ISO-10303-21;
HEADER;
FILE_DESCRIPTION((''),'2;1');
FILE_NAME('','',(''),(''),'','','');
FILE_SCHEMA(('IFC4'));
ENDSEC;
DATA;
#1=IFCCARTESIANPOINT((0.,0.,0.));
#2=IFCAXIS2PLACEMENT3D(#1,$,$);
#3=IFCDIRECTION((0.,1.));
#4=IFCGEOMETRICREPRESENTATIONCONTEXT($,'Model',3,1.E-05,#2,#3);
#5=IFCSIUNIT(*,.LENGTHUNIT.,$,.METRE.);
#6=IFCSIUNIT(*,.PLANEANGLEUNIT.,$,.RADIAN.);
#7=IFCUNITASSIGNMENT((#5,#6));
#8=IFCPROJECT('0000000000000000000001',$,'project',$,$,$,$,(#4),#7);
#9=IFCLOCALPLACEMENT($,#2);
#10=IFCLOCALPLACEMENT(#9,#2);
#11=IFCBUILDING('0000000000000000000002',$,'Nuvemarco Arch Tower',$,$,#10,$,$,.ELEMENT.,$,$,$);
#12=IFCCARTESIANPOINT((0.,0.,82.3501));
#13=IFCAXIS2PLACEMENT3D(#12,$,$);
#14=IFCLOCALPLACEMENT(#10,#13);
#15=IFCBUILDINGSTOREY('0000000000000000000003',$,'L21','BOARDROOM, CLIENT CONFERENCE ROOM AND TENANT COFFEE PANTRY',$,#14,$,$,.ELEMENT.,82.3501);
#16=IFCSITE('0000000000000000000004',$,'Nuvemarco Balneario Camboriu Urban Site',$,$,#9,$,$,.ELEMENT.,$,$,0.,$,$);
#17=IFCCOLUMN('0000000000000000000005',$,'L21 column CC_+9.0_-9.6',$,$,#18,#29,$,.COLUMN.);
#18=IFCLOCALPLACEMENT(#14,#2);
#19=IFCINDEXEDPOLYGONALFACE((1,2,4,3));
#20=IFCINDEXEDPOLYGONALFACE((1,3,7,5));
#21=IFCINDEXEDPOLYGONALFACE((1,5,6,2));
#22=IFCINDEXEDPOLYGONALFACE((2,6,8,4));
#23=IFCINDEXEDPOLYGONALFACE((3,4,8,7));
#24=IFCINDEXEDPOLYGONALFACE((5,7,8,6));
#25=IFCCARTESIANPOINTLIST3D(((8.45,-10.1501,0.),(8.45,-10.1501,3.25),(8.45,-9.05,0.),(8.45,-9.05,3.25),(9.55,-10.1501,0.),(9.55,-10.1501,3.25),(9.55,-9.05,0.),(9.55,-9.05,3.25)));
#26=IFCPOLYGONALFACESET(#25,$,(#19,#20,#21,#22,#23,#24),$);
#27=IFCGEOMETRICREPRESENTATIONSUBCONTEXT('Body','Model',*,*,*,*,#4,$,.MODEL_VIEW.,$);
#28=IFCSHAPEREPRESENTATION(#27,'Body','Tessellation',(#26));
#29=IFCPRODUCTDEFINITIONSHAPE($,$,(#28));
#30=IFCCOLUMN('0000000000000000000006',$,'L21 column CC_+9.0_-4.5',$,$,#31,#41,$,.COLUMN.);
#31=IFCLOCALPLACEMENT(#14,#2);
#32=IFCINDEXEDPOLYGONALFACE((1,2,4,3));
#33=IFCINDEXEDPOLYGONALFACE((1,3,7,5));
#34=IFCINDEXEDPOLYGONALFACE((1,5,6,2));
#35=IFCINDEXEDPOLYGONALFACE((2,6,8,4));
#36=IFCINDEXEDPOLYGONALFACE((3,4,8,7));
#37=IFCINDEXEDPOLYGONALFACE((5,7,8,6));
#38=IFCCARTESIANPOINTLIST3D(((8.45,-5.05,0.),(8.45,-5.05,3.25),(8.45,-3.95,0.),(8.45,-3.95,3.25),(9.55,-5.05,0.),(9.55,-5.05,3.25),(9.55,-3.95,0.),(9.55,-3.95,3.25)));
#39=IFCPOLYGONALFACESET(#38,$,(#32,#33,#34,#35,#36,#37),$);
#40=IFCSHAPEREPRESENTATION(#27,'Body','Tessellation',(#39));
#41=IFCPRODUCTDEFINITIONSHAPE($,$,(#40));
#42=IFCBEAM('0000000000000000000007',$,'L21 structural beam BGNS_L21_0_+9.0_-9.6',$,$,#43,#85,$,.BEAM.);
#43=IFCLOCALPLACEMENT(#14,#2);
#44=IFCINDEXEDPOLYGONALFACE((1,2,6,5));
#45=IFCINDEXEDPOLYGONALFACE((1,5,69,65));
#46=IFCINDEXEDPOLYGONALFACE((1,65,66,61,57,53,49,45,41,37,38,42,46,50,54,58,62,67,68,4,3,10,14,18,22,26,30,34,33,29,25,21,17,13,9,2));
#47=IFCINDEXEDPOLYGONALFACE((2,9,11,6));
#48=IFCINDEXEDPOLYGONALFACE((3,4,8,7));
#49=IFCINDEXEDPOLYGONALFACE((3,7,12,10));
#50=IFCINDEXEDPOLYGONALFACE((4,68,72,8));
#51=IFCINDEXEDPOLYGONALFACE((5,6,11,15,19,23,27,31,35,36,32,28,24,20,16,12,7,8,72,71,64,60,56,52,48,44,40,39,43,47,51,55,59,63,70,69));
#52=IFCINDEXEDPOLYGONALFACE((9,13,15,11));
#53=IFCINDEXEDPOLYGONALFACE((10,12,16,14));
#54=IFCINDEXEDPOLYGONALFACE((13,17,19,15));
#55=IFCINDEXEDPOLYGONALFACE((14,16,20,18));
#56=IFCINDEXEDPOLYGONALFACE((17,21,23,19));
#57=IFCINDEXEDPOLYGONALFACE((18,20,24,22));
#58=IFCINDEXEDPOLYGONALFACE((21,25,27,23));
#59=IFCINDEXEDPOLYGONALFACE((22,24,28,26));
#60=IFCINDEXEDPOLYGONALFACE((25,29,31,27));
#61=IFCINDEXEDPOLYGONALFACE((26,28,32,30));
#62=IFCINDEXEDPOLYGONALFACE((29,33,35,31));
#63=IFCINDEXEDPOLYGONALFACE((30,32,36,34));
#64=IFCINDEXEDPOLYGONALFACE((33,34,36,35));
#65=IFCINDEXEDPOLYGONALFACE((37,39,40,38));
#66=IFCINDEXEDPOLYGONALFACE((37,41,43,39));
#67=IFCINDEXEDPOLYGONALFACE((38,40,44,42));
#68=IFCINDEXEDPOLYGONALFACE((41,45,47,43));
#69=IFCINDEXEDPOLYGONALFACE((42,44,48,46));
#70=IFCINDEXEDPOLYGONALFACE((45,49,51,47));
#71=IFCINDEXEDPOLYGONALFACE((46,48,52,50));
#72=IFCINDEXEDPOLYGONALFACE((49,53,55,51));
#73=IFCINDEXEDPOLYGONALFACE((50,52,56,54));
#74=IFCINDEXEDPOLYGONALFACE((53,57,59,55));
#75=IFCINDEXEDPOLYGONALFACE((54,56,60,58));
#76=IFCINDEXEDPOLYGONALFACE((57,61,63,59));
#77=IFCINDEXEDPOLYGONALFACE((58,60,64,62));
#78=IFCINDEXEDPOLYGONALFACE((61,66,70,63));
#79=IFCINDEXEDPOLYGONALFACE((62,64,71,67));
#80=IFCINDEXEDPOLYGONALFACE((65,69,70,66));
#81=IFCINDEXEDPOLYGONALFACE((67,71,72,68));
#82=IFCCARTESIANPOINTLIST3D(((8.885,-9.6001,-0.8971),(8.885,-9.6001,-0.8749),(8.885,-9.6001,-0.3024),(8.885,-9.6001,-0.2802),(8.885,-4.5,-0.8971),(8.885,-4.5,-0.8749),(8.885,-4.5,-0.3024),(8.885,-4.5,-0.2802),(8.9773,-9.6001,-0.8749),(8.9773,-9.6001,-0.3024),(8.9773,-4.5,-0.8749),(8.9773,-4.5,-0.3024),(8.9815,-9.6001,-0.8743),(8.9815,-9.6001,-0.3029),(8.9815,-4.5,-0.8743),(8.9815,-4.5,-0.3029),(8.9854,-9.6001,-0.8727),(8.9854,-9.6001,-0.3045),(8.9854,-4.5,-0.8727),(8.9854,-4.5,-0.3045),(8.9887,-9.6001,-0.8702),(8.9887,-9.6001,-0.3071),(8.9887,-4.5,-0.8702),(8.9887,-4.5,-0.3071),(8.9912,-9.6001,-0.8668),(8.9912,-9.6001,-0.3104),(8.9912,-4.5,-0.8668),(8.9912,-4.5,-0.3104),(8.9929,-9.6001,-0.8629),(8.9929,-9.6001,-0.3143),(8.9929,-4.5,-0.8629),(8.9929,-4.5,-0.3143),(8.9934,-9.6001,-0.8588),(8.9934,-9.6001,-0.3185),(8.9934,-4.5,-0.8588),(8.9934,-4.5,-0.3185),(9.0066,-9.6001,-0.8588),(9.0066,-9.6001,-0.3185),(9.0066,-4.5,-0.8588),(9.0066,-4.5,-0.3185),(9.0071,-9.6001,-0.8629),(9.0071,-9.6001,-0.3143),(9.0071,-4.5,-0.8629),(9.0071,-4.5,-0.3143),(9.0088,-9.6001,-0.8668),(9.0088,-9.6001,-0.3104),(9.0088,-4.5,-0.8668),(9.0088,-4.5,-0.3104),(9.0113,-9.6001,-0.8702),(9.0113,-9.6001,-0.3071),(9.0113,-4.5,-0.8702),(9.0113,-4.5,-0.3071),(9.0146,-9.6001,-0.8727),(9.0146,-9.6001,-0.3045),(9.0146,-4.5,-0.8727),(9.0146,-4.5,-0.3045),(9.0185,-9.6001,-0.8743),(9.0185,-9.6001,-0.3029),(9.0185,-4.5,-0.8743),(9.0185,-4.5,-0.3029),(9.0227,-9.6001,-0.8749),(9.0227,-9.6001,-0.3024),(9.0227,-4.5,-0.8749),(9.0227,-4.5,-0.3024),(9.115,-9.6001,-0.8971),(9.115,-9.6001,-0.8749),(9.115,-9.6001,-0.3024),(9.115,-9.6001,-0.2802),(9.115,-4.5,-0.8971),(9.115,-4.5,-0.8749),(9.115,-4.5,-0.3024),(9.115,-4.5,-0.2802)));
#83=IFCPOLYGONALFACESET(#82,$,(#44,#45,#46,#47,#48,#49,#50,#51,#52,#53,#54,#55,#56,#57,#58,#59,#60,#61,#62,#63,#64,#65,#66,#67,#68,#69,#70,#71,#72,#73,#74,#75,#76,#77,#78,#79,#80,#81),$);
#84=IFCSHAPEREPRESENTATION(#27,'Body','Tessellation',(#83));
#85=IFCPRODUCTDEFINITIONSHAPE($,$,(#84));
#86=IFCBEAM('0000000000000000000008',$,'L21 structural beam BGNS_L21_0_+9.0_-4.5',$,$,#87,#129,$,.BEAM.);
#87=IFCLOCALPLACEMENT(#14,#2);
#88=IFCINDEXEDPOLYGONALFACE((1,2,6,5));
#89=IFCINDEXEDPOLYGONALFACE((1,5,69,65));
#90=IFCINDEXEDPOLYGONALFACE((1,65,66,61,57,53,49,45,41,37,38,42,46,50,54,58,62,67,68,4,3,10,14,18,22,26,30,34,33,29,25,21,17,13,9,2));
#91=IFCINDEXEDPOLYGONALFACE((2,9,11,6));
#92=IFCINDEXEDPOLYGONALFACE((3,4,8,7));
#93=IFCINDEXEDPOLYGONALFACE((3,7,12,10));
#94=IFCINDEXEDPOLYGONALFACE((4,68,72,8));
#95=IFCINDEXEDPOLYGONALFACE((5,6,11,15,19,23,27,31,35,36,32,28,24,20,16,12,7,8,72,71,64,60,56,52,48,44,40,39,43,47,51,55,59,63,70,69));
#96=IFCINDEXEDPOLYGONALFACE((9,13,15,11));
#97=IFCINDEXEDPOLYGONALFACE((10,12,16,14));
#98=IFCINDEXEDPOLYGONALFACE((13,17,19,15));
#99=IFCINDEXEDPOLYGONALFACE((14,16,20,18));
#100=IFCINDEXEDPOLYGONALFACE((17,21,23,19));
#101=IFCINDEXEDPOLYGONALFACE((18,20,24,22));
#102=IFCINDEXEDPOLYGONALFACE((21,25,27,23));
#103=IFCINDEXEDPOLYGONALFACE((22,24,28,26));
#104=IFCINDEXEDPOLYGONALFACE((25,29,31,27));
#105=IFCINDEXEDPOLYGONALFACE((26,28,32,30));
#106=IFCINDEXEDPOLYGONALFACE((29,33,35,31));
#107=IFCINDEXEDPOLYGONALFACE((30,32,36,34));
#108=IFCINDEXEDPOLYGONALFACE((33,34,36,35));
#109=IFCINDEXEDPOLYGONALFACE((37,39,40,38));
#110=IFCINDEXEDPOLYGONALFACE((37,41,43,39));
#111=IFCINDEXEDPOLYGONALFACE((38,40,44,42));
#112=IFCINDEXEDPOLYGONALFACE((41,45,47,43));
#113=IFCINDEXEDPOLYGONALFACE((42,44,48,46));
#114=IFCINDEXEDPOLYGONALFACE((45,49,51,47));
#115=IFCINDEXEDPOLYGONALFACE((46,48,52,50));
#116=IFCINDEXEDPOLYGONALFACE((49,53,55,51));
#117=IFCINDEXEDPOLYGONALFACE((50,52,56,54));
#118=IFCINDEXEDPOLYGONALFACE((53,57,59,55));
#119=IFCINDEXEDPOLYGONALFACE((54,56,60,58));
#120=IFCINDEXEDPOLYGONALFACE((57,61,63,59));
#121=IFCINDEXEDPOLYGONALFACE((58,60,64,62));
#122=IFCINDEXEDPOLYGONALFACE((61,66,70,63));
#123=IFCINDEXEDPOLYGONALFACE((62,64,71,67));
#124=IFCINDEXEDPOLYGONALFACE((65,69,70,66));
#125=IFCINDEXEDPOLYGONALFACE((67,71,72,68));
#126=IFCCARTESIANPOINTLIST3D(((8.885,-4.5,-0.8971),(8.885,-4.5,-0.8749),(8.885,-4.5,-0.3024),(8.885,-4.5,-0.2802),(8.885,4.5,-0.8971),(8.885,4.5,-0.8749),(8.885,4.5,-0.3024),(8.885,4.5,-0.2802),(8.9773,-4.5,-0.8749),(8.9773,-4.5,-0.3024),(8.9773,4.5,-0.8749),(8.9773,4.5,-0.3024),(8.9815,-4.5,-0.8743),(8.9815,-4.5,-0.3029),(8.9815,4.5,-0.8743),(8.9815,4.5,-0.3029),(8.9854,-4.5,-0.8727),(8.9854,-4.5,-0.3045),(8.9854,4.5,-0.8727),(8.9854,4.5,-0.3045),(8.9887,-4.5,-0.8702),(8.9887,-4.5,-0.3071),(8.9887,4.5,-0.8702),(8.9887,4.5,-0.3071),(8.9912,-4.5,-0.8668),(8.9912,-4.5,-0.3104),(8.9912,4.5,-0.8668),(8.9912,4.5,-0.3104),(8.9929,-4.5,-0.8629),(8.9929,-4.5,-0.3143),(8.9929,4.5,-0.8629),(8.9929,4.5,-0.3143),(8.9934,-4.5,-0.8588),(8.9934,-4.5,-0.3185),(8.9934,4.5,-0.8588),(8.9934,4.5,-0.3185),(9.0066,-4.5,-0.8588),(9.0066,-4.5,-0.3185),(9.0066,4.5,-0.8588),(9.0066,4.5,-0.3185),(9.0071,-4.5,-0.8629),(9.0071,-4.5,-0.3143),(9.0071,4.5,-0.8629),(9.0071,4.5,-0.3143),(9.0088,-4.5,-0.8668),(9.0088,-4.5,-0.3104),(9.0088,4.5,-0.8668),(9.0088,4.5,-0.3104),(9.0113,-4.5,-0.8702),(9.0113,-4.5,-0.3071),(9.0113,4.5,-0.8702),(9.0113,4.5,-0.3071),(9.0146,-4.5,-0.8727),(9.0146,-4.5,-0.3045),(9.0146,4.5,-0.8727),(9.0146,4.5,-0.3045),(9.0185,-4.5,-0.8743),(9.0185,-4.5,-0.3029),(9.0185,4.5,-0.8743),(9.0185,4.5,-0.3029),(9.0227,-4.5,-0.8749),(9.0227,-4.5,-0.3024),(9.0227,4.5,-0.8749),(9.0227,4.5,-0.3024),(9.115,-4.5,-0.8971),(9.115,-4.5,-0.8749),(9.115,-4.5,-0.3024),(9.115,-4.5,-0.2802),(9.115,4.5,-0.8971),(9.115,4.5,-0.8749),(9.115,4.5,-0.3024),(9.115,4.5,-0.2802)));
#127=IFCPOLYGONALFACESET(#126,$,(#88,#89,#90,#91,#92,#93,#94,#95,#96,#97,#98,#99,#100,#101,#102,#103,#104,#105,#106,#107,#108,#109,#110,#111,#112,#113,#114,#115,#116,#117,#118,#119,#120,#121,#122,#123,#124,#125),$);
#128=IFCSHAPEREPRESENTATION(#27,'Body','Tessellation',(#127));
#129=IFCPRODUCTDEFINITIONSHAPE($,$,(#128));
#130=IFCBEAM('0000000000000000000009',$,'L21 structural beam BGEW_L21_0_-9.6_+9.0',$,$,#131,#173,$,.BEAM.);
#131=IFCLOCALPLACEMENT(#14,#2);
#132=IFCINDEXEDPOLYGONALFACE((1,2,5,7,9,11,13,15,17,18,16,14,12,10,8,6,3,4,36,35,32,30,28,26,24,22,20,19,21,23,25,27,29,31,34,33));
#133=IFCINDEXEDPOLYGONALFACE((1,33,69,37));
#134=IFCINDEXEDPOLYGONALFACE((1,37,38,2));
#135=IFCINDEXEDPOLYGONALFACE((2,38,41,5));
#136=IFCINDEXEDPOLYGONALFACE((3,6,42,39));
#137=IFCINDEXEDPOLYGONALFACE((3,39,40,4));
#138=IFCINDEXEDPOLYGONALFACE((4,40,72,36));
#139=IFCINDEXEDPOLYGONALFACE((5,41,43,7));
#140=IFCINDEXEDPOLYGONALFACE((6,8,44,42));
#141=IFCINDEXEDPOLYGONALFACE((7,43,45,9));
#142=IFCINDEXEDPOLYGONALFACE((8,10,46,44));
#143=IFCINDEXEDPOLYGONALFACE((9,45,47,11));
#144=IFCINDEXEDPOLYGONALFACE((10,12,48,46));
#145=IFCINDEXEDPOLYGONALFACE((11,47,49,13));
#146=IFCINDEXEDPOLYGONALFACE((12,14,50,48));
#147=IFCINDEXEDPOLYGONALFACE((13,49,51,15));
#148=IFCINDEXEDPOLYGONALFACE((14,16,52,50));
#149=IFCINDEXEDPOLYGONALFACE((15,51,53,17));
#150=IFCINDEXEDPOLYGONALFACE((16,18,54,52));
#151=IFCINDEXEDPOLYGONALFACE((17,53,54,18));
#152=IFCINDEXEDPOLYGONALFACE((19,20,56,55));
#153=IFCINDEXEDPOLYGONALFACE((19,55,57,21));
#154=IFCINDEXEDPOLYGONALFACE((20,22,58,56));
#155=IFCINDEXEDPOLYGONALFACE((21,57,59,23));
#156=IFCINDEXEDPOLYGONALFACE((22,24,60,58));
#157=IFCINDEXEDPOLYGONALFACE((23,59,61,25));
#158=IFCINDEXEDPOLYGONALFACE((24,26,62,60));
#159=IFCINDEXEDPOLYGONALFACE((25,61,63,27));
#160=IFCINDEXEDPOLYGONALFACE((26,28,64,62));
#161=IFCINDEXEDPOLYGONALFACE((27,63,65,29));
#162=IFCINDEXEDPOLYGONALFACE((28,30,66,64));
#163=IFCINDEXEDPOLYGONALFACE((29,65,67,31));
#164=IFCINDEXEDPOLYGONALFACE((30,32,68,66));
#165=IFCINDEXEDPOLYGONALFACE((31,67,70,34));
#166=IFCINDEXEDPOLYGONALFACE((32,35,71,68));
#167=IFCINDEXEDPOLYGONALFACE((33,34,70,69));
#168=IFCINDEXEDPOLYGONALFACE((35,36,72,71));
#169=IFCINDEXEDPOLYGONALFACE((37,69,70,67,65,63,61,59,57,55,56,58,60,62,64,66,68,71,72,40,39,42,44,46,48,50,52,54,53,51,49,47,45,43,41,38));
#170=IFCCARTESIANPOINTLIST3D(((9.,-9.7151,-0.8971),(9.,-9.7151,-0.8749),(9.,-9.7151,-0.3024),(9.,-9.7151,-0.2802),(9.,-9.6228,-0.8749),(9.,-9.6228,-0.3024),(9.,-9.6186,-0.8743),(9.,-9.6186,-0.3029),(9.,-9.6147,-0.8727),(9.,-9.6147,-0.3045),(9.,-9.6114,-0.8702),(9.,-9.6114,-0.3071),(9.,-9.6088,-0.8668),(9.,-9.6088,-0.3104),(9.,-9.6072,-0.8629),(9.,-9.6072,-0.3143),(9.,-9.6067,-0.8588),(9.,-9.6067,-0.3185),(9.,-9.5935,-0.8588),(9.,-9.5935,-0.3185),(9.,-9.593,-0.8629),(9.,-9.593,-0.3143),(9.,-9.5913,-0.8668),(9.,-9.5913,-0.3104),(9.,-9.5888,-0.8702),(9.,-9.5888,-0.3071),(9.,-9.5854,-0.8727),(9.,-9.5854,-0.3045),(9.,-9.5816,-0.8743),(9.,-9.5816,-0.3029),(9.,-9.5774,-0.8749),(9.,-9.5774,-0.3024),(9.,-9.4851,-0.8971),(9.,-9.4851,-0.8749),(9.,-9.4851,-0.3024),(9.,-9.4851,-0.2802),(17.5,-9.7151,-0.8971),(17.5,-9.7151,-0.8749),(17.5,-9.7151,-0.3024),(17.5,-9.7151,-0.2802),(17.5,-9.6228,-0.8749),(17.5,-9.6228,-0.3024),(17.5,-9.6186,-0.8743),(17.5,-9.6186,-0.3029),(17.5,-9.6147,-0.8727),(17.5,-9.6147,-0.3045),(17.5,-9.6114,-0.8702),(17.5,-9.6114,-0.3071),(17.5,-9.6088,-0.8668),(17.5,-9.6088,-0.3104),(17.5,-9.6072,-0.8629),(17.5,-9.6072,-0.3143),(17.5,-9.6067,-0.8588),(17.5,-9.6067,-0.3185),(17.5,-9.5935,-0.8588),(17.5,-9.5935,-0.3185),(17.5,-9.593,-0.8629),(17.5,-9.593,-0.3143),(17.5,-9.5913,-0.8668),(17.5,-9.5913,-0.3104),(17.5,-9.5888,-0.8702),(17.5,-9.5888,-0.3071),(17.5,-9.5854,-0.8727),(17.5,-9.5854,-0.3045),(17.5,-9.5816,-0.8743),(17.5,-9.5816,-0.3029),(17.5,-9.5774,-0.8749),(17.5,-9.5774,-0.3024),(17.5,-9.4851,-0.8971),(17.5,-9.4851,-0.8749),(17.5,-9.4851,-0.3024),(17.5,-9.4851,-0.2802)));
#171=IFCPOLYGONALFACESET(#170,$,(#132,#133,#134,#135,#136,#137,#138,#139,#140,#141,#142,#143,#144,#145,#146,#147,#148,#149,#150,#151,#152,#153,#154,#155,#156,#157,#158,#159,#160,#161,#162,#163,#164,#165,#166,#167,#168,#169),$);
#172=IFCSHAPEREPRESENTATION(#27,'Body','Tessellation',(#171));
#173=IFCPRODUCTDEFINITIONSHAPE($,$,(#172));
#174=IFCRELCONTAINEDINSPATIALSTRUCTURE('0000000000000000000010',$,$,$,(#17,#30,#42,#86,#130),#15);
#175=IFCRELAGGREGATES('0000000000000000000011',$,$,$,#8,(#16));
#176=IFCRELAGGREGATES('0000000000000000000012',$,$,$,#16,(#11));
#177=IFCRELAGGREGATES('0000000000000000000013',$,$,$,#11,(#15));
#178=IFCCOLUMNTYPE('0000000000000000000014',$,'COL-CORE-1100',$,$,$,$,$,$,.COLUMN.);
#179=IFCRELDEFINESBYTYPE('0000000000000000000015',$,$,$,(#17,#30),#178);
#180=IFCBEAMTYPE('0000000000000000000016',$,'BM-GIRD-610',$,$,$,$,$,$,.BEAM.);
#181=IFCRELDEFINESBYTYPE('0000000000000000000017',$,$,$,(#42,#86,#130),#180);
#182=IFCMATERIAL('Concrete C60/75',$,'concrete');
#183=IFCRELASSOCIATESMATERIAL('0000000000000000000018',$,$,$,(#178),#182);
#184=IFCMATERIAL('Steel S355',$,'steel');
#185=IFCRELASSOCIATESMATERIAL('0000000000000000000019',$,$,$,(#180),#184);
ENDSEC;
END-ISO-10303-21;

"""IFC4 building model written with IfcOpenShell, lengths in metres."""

from ifc_helpers import new_model, si_unit, direction, frame, origin, origin_2d, place, context, subcontext, project, spatial, rectangle, i_section, extrude, material, material_profile, profile_set, type_object, element, save


model = new_model("IFC4")

# Units and contexts
model_context = context("Model", 3, precision=1e-05, world=origin(), true_north=direction((0.0, 1.0)))
body_context = subcontext(model_context, "Body", "Model", "MODEL_VIEW")
ifc_project = project(units=[si_unit("LENGTHUNIT", "METRE"), si_unit("PLANEANGLEUNIT", "RADIAN")], contexts=[model_context])

# Site, building, storey
site_placement = place(None, origin())
site = spatial("IfcSite", under=ifc_project, at=site_placement, Name="Nuvemarco Balneario Camboriu Urban Site", CompositionType="ELEMENT", RefElevation=0.0)
building_placement = place(site_placement, origin())
building = spatial("IfcBuilding", under=site, at=building_placement, Name="Nuvemarco Arch Tower", CompositionType="ELEMENT")
storey_placement = place(building_placement, frame((0.0, 0.0, 82.3501)))
storey = spatial("IfcBuildingStorey", under=building, at=storey_placement, Name="L21", Description="BOARDROOM, CLIENT CONFERENCE ROOM AND TENANT COFFEE PANTRY", CompositionType="ELEMENT", Elevation=82.3501)

# Columns
ifc_material_1 = material(Name="Concrete C60/75", Category="concrete")
ifc_material_profile_1 = material_profile(ifc_material_1, rectangle(XDim=1.1001, YDim=1.1001, at=origin_2d()), Name="RC-COL-1100x1100")
ifc_profile_set_1 = profile_set([ifc_material_profile_1], Name="Concrete C60/75")
column_type = type_object("IfcColumnType", Name="COL-CORE-1100", PredefinedType="COLUMN", material=ifc_profile_set_1)
for number, where, z_axis, x_axis, name in (
    (1, (9.0, -9.6001, 0.0), (0.0, 0.0, 1.0), (1.0, 0.0, 0.0), "L21 column CC_+9.0_-9.6"),
    (2, (9.0, -4.5, 0.0), (0.0, 0.0, 1.0), (1.0, 0.0, 0.0), "L21 column CC_+9.0_-4.5"),
):
    element("IfcColumn", number, at=place(storey_placement, frame(where, z_axis=z_axis, x_axis=x_axis)), inside=storey, type_object=column_type, Name=name, PredefinedType="COLUMN", context=body_context, shape_type="SweptSolid", body=[
        extrude(rectangle(XDim=1.1001, YDim=1.1001, at=origin_2d()), origin(), (0.0, 0.0, 1.0), 3.25),
    ])

# Beams
ifc_material_2 = material(Name="Steel S355", Category="steel")
ifc_material_profile_2 = material_profile(ifc_material_2, i_section(OverallWidth=0.23, OverallDepth=0.6169, WebThickness=0.0132, FlangeThickness=0.0222, FilletRadius=0.0161, at=origin_2d()), Name="W610x140")
ifc_profile_set_2 = profile_set([ifc_material_profile_2], Name="Steel S355")
beam_type = type_object("IfcBeamType", Name="BM-GIRD-610", PredefinedType="BEAM", material=ifc_profile_set_2)
beam_1_placement = place(storey_placement, frame((9.0, -9.6001, -0.5886), z_axis=(0.0, 1.0, 0.0), x_axis=(-1.0, 0.0, 0.0)))
element("IfcBeam", 3, at=beam_1_placement, inside=storey, type_object=beam_type, Name="L21 structural beam BGNS_L21_0_+9.0_-9.6", PredefinedType="BEAM", context=body_context, shape_type="SweptSolid", body=[
    extrude(i_section(OverallWidth=0.23, OverallDepth=0.6169, WebThickness=0.0132, FlangeThickness=0.0222, FilletRadius=0.0161, at=origin_2d()), origin(), (0.0, 0.0, 1.0), 5.1001),
])
beam_2_placement = place(storey_placement, frame((9.0, -4.5, -0.5886), z_axis=(0.0, 1.0, 0.0), x_axis=(-1.0, 0.0, 0.0)))
element("IfcBeam", 4, at=beam_2_placement, inside=storey, type_object=beam_type, Name="L21 structural beam BGNS_L21_0_+9.0_-4.5", PredefinedType="BEAM", context=body_context, shape_type="SweptSolid", body=[
    extrude(i_section(OverallWidth=0.23, OverallDepth=0.6169, WebThickness=0.0132, FlangeThickness=0.0222, FilletRadius=0.0161, at=origin_2d()), origin(), (0.0, 0.0, 1.0), 9.0),
])
beam_3_placement = place(storey_placement, frame((9.0, -9.6001, -0.5886), z_axis=(1.0, 0.0, 0.0), x_axis=(0.0, 1.0, 0.0)))
element("IfcBeam", 5, at=beam_3_placement, inside=storey, type_object=beam_type, Name="L21 structural beam BGEW_L21_0_-9.6_+9.0", PredefinedType="BEAM", context=body_context, shape_type="SweptSolid", body=[
    extrude(i_section(OverallWidth=0.23, OverallDepth=0.6169, WebThickness=0.0132, FlangeThickness=0.0222, FilletRadius=0.0161, at=origin_2d()), origin(), (0.0, 0.0, 1.0), 8.5),
])

save(model, "model.ifc")
